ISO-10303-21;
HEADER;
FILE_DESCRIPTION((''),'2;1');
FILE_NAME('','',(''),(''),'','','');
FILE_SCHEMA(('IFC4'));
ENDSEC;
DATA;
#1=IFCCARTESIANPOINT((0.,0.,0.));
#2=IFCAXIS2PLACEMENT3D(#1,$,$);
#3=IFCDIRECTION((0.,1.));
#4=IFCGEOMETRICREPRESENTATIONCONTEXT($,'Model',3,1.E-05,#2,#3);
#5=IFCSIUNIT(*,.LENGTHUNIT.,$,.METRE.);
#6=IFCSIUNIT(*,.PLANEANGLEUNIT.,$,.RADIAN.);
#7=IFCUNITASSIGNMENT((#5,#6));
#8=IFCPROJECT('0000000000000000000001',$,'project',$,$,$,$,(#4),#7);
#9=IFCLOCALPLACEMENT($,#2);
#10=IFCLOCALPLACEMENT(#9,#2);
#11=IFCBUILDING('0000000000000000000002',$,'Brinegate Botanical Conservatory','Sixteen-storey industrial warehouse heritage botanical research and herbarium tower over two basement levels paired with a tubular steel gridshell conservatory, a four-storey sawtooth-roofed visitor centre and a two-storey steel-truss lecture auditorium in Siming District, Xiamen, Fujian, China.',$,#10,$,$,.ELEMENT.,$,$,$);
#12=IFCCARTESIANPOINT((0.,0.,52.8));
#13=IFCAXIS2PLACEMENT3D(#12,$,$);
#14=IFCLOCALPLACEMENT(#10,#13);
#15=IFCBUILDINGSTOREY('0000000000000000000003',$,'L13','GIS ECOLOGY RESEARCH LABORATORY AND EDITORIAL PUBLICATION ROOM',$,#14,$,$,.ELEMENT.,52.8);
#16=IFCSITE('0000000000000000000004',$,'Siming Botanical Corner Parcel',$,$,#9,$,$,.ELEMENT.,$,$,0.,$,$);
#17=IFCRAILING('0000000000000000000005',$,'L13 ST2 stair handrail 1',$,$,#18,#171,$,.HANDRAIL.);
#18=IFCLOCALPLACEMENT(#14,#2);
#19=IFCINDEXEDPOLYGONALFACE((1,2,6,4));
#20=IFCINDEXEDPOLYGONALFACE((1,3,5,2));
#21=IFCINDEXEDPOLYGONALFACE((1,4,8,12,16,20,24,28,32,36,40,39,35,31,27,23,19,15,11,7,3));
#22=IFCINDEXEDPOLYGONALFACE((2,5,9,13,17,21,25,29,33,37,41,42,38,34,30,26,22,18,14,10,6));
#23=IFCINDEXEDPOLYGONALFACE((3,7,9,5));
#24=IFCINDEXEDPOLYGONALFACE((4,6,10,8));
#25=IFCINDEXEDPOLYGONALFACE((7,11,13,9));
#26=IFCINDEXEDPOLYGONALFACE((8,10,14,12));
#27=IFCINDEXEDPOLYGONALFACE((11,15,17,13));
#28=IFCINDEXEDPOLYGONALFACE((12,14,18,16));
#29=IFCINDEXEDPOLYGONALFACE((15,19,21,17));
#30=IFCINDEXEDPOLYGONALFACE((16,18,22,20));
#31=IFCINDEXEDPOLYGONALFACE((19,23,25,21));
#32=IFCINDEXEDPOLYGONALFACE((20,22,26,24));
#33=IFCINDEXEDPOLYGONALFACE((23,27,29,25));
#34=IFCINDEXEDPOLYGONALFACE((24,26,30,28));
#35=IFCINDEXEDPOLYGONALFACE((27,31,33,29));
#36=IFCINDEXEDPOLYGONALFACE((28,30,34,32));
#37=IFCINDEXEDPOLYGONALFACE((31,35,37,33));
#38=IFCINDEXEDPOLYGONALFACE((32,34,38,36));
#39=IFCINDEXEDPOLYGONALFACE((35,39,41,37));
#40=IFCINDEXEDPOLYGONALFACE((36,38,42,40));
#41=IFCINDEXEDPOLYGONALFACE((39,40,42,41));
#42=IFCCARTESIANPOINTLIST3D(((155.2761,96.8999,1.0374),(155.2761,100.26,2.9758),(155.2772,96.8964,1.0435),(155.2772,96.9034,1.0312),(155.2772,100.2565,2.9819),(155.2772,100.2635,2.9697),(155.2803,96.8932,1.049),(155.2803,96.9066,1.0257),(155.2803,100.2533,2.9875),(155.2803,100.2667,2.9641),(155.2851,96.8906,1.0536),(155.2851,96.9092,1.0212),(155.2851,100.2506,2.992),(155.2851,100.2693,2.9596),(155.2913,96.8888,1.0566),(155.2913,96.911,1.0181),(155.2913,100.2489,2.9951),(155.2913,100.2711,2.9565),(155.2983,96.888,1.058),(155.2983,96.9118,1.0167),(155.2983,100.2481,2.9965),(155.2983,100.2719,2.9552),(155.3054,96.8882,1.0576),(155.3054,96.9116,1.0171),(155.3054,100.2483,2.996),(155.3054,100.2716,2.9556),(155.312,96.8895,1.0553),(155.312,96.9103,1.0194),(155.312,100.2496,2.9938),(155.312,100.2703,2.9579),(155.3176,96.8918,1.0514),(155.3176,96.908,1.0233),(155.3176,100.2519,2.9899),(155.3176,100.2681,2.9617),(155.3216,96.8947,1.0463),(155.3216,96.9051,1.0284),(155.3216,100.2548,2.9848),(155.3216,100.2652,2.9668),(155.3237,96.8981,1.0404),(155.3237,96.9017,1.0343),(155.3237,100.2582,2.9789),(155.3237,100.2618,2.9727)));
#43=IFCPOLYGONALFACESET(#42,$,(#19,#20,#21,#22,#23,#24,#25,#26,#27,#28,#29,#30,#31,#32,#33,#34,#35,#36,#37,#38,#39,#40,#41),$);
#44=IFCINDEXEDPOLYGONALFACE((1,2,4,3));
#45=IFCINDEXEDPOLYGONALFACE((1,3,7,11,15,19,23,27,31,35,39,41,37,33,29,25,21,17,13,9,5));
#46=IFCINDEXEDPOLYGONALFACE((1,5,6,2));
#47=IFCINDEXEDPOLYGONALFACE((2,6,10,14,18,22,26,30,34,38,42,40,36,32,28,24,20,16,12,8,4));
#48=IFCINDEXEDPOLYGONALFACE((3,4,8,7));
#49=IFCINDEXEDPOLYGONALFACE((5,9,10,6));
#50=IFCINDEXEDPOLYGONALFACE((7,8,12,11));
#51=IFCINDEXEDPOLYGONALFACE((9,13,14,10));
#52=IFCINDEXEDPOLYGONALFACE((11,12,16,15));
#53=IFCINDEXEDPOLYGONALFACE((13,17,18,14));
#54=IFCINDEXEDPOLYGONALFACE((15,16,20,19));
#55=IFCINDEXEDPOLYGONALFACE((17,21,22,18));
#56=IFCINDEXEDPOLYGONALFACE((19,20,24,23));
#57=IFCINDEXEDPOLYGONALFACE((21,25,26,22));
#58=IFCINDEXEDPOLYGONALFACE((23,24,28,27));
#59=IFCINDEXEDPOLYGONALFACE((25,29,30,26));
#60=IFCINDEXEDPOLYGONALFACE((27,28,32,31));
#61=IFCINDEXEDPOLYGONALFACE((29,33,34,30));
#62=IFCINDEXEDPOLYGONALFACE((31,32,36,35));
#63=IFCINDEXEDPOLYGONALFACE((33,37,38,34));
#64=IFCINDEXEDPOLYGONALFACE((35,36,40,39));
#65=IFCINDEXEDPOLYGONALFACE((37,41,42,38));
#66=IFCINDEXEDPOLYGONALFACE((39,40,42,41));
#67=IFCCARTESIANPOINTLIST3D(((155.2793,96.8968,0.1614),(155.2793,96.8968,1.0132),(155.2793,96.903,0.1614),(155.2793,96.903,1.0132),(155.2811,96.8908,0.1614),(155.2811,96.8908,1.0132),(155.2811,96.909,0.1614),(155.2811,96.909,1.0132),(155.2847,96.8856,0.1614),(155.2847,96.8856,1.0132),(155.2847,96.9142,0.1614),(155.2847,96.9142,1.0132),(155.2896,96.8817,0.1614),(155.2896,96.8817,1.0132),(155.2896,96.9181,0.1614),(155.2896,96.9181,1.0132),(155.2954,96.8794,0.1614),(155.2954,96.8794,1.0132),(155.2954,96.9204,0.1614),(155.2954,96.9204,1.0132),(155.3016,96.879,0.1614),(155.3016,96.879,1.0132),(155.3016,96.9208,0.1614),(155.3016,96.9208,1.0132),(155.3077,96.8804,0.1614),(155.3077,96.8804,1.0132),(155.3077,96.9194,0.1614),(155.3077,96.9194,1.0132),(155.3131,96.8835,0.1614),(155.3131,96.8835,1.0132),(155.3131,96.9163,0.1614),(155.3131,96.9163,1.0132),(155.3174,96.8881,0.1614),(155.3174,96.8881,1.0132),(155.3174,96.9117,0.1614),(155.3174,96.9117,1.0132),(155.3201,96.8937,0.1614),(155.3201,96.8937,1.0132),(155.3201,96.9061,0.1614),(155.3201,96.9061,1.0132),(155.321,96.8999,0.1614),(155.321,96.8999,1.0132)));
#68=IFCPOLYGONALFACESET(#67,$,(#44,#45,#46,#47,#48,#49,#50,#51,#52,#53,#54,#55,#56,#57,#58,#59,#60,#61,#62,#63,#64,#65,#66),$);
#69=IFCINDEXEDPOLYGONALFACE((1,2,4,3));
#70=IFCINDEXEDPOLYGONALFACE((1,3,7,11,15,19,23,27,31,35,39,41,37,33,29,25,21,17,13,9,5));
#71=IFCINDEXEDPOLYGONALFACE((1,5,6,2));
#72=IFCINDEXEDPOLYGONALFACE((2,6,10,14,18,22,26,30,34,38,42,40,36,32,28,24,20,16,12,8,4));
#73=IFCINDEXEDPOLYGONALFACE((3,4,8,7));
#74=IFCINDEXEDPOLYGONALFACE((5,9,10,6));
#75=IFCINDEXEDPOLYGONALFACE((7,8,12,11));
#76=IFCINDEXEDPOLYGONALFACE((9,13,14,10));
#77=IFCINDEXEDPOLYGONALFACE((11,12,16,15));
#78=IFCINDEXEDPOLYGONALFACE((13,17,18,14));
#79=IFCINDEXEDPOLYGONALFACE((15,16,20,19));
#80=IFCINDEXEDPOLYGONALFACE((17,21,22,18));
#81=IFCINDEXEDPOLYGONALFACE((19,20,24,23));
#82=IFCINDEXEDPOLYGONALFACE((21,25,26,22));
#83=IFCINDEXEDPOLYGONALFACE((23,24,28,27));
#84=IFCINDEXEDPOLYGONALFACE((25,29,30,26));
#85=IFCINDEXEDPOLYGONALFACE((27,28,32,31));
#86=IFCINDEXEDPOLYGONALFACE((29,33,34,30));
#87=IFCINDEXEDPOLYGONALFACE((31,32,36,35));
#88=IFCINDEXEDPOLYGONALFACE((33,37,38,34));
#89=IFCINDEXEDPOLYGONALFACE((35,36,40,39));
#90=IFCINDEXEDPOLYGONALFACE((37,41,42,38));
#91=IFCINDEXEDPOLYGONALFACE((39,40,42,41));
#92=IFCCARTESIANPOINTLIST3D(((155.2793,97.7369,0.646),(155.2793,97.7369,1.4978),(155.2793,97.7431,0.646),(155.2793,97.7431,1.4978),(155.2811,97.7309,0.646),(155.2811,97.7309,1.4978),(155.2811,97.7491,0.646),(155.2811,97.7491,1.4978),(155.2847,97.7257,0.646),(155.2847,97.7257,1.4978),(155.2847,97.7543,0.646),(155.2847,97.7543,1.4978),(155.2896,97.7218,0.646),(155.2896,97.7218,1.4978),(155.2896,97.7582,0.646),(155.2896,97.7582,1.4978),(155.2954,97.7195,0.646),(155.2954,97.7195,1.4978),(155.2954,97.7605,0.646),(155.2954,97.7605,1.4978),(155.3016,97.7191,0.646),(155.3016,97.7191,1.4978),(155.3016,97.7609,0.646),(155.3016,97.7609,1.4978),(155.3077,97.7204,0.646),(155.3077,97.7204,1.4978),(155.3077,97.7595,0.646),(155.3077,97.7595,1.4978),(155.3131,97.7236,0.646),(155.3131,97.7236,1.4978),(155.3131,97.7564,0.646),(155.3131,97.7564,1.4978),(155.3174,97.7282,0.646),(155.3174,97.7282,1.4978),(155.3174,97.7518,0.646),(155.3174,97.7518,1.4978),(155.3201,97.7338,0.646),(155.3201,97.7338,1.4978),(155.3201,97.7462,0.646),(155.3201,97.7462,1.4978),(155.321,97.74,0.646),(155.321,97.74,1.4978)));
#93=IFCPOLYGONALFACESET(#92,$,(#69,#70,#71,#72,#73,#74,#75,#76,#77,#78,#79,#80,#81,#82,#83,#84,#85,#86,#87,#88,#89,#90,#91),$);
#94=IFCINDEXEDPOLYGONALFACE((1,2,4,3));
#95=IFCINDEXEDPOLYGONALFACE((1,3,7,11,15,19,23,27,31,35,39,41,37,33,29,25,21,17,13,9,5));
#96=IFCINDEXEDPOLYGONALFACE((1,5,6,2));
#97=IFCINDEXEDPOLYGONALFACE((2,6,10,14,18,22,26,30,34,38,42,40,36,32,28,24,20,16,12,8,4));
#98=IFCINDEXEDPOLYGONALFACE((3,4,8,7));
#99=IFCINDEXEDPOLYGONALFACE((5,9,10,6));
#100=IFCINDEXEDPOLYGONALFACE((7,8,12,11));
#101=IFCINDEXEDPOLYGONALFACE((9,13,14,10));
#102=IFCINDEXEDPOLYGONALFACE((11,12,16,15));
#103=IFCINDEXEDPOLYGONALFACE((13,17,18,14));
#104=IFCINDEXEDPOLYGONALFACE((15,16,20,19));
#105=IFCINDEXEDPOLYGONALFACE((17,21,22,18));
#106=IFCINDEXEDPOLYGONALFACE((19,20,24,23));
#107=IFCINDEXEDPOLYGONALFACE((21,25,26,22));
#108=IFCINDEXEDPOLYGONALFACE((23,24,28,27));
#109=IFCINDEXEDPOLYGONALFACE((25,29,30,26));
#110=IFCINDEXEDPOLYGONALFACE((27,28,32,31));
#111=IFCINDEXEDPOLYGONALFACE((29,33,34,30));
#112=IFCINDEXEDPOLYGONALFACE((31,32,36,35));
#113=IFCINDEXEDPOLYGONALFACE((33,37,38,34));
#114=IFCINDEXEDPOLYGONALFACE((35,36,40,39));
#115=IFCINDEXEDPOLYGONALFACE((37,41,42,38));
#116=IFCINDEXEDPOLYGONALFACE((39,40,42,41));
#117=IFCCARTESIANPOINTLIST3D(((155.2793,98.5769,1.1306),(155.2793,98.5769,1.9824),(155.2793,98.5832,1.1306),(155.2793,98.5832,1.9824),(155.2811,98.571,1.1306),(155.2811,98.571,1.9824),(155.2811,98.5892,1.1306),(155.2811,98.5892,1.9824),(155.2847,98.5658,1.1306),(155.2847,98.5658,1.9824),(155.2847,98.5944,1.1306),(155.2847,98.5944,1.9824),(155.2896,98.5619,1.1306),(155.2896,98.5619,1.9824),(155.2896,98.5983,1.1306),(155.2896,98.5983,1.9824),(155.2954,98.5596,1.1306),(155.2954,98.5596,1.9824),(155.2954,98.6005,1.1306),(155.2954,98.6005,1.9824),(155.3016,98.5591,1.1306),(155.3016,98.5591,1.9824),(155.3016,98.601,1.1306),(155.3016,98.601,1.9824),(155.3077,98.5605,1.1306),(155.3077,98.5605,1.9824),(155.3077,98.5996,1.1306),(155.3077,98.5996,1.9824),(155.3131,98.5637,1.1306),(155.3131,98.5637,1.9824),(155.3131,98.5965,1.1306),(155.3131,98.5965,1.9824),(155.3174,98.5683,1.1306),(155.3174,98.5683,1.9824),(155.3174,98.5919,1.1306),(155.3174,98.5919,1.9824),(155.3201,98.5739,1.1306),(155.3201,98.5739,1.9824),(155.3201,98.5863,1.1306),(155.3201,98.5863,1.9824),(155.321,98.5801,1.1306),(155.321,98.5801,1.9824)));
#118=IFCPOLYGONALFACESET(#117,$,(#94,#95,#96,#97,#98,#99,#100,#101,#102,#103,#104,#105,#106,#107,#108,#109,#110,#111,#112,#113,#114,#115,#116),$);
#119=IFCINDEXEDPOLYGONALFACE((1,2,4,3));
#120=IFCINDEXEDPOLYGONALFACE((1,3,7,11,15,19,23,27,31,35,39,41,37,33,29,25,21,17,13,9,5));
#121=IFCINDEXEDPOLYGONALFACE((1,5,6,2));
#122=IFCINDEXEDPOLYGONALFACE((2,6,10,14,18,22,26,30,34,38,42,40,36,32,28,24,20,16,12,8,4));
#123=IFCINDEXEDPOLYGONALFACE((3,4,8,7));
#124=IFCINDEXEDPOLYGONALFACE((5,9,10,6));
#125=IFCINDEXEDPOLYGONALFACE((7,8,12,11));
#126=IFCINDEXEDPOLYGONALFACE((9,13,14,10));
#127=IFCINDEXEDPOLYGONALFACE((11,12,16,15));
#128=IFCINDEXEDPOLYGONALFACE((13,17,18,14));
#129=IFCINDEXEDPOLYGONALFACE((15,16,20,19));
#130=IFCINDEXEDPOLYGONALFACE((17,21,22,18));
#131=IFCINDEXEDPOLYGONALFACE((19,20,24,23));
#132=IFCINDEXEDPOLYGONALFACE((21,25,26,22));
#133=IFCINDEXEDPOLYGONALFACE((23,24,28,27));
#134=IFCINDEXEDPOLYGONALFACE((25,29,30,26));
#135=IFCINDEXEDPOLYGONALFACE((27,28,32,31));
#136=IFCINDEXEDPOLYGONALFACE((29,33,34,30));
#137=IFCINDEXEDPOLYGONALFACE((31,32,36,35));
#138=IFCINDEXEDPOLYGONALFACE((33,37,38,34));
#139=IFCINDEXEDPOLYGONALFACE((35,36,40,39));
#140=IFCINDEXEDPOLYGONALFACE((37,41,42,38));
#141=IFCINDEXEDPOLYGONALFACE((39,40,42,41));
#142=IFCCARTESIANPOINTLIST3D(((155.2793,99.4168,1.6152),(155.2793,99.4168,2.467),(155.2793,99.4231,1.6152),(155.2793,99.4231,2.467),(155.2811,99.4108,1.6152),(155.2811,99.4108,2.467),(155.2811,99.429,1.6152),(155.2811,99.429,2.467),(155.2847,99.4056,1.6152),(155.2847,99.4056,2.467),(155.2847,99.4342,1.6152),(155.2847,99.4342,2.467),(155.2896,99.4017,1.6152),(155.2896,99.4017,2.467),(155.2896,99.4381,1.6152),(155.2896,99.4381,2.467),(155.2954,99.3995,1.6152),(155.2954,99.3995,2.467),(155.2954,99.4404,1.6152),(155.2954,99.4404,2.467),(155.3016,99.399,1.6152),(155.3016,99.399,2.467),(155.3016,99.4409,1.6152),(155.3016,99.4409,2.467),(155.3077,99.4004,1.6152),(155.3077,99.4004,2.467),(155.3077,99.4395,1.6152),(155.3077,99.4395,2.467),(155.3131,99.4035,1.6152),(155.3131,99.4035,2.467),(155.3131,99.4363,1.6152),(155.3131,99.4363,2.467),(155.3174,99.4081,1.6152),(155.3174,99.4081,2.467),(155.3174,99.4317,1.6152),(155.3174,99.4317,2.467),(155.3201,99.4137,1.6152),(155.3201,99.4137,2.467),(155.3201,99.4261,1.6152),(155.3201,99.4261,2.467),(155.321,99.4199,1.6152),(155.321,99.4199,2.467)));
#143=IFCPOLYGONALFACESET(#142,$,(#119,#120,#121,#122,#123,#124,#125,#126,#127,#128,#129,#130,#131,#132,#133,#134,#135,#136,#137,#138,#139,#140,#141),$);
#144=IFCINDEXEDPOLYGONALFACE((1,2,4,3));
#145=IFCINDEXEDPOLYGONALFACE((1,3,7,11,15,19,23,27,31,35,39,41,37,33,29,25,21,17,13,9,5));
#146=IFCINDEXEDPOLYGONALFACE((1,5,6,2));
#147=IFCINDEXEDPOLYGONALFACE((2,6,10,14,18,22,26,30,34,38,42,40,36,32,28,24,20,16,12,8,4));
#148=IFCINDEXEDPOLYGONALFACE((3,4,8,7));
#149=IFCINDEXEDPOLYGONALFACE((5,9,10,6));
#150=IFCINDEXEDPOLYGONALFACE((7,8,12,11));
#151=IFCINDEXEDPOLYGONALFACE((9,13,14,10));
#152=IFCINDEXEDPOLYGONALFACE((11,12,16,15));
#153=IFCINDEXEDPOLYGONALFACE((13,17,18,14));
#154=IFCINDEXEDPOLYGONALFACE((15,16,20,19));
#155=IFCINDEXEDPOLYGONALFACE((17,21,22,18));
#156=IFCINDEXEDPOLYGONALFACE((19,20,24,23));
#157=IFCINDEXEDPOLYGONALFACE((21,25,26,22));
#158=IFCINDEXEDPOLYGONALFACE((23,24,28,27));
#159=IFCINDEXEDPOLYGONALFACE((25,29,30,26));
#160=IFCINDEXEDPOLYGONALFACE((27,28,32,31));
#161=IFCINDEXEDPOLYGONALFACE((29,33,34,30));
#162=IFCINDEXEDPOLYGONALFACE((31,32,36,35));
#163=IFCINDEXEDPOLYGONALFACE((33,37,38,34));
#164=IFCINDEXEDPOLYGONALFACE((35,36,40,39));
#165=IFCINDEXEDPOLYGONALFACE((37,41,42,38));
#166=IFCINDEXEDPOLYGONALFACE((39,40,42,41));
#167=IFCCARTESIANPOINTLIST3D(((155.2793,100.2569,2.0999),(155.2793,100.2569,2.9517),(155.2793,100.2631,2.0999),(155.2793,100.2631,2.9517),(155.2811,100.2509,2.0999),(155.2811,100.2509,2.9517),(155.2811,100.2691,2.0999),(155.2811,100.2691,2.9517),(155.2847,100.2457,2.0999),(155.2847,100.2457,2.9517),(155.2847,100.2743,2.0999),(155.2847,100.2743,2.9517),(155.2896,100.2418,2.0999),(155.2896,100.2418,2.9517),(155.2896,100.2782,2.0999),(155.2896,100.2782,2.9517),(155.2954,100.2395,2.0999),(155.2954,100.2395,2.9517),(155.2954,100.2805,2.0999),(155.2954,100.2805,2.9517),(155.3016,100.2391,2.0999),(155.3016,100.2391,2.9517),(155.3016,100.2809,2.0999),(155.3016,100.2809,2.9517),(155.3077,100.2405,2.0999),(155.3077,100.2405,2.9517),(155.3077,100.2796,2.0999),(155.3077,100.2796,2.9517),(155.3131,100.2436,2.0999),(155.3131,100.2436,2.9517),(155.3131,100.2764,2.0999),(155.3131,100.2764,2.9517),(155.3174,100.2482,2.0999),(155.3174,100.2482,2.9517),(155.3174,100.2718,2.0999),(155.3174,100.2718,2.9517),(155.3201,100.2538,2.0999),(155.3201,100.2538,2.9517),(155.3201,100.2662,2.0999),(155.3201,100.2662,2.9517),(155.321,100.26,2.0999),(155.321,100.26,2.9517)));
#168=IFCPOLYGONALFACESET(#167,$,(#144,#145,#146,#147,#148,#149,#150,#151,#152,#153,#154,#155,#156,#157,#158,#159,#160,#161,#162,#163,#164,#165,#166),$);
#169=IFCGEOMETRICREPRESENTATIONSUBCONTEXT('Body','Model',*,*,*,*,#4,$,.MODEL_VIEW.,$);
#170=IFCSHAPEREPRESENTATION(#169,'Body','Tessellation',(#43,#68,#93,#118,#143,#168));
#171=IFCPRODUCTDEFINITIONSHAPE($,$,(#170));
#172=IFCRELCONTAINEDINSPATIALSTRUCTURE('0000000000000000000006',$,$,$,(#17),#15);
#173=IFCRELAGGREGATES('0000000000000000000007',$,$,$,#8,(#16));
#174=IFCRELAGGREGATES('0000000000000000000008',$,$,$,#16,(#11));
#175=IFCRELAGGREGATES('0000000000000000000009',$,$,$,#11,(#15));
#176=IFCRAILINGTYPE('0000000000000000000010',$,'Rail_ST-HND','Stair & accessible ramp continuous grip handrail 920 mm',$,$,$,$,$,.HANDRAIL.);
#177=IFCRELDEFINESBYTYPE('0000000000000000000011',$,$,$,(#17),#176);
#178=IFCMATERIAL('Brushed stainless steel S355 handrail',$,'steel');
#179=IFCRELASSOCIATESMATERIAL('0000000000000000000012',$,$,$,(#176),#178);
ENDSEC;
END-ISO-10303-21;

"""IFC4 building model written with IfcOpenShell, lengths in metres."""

from ifc_helpers import new_model, si_unit, direction, frame, origin, origin_2d, place, context, subcontext, project, spatial, circle, extrude, material, type_object, element, save


model = new_model("IFC4")

# Units and contexts
model_context = context("Model", 3, precision=1e-05, world=origin(), true_north=direction((0.0, 1.0)))
body_context = subcontext(model_context, "Body", "Model", "MODEL_VIEW")
ifc_project = project(units=[si_unit("LENGTHUNIT", "METRE"), si_unit("PLANEANGLEUNIT", "RADIAN")], contexts=[model_context])

# Site, building, storey
site_placement = place(None, origin())
site = spatial("IfcSite", under=ifc_project, at=site_placement, Name="Siming Botanical Corner Parcel", CompositionType="ELEMENT", RefElevation=0.0)
building_placement = place(site_placement, origin())
building = spatial("IfcBuilding", under=site, at=building_placement, Name="Brinegate Botanical Conservatory", Description="Sixteen-storey industrial warehouse heritage botanical research and herbarium tower over two basement levels paired with a tubular steel gridshell conservatory, a four-storey sawtooth-roofed visitor centre and a two-storey steel-truss lecture auditorium in Siming District, Xiamen, Fujian, China.", CompositionType="ELEMENT")
storey_placement = place(building_placement, frame((0.0, 0.0, 52.8)))
storey = spatial("IfcBuildingStorey", under=building, at=storey_placement, Name="L13", Description="GIS ECOLOGY RESEARCH LABORATORY AND EDITORIAL PUBLICATION ROOM", CompositionType="ELEMENT", Elevation=52.8)

# Railing
ifc_material_1 = material(Name="Brushed stainless steel S355 handrail", Category="steel")
railing_type_1 = type_object("IfcRailingType", Name="Rail_ST-HND", Description="Stair & accessible ramp continuous grip handrail 920 mm", PredefinedType="HANDRAIL", material=ifc_material_1)
railing_1_placement = place(storey_placement, frame((155.3, 96.8999, 0.1614)))
element("IfcRailing", 1, at=railing_1_placement, inside=storey, type_object=railing_type_1, Name="L13 ST2 stair handrail 1", PredefinedType="HANDRAIL", context=body_context, shape_type="SweptSolid", body=[
    extrude(circle(Radius=0.0239, at=origin_2d()), frame((0.0, 0.0, 0.876), z_axis=(0.0, 0.866191, 0.499713), x_axis=(-1.0, 0.0, 0.0)), (0.0, 0.0, 1.0), 3.8792),
    extrude(circle(Radius=0.021, at=origin_2d()), origin(), (0.0, 0.0, 1.0), 0.8518),
    extrude(circle(Radius=0.021, at=origin_2d()), frame((0.0, 0.8401, 0.4846)), (0.0, 0.0, 1.0), 0.8518),
    extrude(circle(Radius=0.021, at=origin_2d()), frame((0.0, 1.6802, 0.9692)), (0.0, 0.0, 1.0), 0.8518),
    extrude(circle(Radius=0.021, at=origin_2d()), frame((0.0, 2.52, 1.4539)), (0.0, 0.0, 1.0), 0.8518),
    extrude(circle(Radius=0.021, at=origin_2d()), frame((0.0, 3.3601, 1.9385)), (0.0, 0.0, 1.0), 0.8518),
])

save(model, "model.ifc")
